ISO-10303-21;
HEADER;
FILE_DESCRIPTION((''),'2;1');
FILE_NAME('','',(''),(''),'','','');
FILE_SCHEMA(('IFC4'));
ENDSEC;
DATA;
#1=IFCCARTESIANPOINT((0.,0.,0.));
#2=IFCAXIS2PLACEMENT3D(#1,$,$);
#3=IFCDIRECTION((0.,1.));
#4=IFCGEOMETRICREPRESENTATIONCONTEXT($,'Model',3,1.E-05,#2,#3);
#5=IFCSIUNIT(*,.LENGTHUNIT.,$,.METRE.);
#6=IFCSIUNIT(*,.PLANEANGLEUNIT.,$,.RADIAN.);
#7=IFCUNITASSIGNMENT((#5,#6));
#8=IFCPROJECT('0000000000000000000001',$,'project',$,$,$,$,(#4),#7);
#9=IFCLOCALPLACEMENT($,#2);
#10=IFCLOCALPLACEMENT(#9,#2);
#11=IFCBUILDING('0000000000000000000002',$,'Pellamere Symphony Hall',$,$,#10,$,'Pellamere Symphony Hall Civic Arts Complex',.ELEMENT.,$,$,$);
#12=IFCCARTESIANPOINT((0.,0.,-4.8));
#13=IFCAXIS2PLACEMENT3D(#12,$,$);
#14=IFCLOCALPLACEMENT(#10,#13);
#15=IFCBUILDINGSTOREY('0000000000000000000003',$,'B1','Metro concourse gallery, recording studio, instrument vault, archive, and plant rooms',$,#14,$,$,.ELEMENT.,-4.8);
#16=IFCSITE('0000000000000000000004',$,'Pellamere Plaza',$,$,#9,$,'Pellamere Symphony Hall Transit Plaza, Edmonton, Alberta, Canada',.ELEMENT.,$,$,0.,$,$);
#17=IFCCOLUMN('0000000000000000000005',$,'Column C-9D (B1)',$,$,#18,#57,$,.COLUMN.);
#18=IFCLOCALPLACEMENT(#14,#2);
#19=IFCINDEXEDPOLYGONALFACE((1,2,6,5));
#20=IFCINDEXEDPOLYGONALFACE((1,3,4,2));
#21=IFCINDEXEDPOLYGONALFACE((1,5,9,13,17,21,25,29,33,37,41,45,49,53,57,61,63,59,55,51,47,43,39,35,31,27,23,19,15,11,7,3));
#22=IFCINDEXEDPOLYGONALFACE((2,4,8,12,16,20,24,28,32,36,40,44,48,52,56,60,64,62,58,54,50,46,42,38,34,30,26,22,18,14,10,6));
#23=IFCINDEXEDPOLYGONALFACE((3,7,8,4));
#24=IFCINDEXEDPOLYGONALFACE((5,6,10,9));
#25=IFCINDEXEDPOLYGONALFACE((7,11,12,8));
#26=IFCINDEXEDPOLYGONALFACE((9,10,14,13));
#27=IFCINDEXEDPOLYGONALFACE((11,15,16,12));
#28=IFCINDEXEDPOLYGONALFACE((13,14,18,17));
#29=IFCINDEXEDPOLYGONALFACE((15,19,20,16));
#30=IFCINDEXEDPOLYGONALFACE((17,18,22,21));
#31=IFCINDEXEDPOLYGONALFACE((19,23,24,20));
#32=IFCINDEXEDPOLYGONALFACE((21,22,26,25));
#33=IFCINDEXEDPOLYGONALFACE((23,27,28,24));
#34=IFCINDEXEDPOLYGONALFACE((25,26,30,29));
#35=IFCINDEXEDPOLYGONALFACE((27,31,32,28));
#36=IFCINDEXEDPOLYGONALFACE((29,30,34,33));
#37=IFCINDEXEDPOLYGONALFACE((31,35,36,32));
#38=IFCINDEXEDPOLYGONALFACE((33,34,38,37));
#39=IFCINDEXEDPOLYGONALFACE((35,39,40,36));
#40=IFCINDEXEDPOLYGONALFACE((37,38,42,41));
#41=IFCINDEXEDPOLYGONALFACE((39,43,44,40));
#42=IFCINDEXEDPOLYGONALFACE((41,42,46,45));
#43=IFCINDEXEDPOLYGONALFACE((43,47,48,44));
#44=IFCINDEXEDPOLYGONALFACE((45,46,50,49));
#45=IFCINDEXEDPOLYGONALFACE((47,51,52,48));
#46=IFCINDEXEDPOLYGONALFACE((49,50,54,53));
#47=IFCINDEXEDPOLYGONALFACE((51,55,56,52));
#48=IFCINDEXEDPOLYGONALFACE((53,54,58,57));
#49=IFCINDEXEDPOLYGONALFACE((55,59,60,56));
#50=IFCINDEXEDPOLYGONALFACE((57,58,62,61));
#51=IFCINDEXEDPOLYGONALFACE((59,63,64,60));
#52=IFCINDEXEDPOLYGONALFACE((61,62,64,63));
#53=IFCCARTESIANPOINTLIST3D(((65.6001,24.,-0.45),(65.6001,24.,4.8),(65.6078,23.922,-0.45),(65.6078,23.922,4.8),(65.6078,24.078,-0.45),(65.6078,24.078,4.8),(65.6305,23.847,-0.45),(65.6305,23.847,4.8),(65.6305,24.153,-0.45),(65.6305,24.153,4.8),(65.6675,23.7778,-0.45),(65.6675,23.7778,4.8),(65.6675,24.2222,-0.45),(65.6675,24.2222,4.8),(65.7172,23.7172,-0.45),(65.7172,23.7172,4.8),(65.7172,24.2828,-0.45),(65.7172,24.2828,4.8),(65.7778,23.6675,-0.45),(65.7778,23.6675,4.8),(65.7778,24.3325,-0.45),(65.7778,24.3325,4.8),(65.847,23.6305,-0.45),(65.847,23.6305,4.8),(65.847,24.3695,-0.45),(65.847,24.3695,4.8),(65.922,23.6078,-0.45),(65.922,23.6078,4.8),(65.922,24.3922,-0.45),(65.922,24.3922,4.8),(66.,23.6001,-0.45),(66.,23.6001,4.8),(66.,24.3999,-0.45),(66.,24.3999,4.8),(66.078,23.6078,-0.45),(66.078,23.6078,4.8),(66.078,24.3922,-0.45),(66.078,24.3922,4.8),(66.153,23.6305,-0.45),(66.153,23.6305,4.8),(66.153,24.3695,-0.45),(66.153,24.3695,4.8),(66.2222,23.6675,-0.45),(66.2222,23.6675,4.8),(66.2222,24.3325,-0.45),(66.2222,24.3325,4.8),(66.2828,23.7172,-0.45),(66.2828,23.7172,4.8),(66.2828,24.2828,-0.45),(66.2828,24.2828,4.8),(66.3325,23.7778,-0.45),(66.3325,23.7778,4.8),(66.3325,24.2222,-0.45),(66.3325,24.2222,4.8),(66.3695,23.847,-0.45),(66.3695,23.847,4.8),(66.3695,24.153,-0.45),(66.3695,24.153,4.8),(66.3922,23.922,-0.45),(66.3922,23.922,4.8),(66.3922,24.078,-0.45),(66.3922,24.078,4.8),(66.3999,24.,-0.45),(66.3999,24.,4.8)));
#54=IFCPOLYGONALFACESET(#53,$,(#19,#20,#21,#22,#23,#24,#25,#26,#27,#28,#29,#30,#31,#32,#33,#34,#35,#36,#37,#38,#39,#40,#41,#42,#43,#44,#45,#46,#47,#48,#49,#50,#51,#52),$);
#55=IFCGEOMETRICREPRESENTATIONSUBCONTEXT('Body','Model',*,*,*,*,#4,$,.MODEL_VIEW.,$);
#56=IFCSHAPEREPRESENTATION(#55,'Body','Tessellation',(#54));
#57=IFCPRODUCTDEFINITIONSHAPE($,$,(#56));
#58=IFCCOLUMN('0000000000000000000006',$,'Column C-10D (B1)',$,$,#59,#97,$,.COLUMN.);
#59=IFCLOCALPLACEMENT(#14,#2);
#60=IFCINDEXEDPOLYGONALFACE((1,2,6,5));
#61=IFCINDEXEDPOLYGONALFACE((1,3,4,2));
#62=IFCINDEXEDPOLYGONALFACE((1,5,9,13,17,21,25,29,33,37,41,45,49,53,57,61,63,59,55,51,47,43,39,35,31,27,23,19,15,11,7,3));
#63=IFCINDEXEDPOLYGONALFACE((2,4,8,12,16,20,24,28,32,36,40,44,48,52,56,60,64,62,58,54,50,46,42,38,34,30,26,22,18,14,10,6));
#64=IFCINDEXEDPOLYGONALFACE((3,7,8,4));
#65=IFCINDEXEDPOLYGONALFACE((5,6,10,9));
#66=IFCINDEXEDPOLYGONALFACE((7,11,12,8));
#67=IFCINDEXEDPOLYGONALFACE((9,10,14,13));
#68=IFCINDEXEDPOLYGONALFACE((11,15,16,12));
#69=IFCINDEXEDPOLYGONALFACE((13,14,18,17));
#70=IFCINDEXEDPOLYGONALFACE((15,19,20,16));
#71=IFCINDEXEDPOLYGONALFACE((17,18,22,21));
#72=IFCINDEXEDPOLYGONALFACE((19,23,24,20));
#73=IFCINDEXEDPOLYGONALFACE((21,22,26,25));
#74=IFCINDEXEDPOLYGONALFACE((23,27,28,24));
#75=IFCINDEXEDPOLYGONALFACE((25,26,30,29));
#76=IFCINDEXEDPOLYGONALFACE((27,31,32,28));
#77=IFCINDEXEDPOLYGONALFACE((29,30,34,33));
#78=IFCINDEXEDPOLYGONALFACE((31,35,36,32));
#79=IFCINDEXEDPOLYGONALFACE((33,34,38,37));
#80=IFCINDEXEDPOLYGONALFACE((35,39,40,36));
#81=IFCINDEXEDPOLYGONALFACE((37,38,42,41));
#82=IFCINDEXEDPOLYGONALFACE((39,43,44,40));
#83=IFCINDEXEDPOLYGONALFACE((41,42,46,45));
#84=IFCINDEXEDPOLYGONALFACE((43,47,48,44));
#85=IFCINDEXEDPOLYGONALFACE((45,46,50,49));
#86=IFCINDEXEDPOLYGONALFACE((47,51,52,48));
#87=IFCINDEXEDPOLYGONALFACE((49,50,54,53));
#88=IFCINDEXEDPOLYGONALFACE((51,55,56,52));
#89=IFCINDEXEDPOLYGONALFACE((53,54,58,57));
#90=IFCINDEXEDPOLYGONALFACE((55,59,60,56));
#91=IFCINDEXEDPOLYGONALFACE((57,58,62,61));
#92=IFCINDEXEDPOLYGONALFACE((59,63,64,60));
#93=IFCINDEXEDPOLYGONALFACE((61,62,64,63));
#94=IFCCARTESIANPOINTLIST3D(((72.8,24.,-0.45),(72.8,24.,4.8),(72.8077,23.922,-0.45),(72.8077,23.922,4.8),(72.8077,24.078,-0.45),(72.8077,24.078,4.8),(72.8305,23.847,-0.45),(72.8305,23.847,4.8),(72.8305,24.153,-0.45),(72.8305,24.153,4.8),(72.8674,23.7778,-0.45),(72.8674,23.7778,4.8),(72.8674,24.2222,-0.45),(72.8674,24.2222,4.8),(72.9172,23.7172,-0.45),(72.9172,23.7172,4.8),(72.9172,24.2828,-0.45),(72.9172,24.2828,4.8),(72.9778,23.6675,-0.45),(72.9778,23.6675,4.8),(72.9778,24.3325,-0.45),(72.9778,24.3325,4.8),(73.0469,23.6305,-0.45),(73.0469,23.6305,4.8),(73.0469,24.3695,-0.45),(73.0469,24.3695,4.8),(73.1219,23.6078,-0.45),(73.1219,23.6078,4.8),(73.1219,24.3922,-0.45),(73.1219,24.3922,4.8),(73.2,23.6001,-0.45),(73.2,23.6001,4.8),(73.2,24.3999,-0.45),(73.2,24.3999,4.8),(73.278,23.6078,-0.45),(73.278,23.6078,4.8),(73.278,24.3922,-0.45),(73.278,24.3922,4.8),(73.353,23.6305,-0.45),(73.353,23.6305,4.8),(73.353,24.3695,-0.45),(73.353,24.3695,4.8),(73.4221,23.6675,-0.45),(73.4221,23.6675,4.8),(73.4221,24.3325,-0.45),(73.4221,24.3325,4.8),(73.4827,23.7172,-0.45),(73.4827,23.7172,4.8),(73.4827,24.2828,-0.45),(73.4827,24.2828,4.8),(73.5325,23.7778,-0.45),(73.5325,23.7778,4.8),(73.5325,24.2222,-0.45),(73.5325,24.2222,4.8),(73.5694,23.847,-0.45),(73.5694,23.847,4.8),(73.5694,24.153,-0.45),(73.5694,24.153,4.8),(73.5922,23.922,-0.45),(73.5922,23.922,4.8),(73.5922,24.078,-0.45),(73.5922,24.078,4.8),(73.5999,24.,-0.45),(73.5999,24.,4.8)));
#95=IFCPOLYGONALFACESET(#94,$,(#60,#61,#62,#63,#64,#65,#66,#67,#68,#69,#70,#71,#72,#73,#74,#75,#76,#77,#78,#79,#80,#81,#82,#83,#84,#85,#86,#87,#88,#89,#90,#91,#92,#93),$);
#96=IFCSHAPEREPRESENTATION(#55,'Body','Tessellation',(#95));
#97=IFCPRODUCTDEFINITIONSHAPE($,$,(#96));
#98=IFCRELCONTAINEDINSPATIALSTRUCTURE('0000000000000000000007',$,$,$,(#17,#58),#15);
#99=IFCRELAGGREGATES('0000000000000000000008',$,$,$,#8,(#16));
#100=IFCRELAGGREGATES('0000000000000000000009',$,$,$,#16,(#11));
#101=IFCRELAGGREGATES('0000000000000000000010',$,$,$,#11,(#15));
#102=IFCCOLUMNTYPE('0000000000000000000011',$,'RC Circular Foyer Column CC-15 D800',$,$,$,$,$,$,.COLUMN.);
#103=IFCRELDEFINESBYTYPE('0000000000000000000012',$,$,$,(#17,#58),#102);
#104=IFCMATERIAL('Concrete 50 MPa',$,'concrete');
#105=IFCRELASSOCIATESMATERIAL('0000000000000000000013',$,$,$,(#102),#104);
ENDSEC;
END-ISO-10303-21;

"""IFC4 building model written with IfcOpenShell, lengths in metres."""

from ifc_helpers import new_model, si_unit, direction, frame, origin, origin_2d, place, context, subcontext, project, spatial, circle, extrude, material, material_profile, profile_set, type_object, element, save


model = new_model("IFC4")

# Units and contexts
model_context = context("Model", 3, precision=1e-05, world=origin(), true_north=direction((0.0, 1.0)))
body_context = subcontext(model_context, "Body", "Model", "MODEL_VIEW")
ifc_project = project(units=[si_unit("LENGTHUNIT", "METRE"), si_unit("PLANEANGLEUNIT", "RADIAN")], contexts=[model_context])

# Site, building, storey
site_placement = place(None, origin())
site = spatial("IfcSite", under=ifc_project, at=site_placement, Name="Pellamere Plaza", LongName="Pellamere Symphony Hall Transit Plaza, Edmonton, Alberta, Canada", CompositionType="ELEMENT", RefElevation=0.0)
building_placement = place(site_placement, origin())
building = spatial("IfcBuilding", under=site, at=building_placement, Name="Pellamere Symphony Hall", LongName="Pellamere Symphony Hall Civic Arts Complex", CompositionType="ELEMENT")
storey_placement = place(building_placement, frame((0.0, 0.0, -4.8)))
storey = spatial("IfcBuildingStorey", under=building, at=storey_placement, Name="B1", Description="Metro concourse gallery, recording studio, instrument vault, archive, and plant rooms", CompositionType="ELEMENT", Elevation=-4.8)

# Columns
ifc_material_1 = material(Name="Concrete 50 MPa", Category="concrete")
ifc_material_profile_1 = material_profile(ifc_material_1, circle(Radius=0.3999, at=origin_2d()), Name="RCCOL D800")
ifc_profile_set_1 = profile_set([ifc_material_profile_1], Name="Concrete 50 MPa")
column_type = type_object("IfcColumnType", Name="RC Circular Foyer Column CC-15 D800", PredefinedType="COLUMN", material=ifc_profile_set_1)
for number, where, z_axis, x_axis, name in (
    (1, (66.0, 24.0, -0.45), (0.0, 0.0, 1.0), (1.0, 0.0, 0.0), "Column C-9D (B1)"),
    (2, (73.2, 24.0, -0.45), (0.0, 0.0, 1.0), (1.0, 0.0, 0.0), "Column C-10D (B1)"),
):
    element("IfcColumn", number, at=place(storey_placement, frame(where, z_axis=z_axis, x_axis=x_axis)), inside=storey, type_object=column_type, Name=name, PredefinedType="COLUMN", context=body_context, shape_type="SweptSolid", body=[
        extrude(circle(Radius=0.3999, at=origin_2d()), origin(), (0.0, 0.0, 1.0), 5.25),
    ])

save(model, "model.ifc")
